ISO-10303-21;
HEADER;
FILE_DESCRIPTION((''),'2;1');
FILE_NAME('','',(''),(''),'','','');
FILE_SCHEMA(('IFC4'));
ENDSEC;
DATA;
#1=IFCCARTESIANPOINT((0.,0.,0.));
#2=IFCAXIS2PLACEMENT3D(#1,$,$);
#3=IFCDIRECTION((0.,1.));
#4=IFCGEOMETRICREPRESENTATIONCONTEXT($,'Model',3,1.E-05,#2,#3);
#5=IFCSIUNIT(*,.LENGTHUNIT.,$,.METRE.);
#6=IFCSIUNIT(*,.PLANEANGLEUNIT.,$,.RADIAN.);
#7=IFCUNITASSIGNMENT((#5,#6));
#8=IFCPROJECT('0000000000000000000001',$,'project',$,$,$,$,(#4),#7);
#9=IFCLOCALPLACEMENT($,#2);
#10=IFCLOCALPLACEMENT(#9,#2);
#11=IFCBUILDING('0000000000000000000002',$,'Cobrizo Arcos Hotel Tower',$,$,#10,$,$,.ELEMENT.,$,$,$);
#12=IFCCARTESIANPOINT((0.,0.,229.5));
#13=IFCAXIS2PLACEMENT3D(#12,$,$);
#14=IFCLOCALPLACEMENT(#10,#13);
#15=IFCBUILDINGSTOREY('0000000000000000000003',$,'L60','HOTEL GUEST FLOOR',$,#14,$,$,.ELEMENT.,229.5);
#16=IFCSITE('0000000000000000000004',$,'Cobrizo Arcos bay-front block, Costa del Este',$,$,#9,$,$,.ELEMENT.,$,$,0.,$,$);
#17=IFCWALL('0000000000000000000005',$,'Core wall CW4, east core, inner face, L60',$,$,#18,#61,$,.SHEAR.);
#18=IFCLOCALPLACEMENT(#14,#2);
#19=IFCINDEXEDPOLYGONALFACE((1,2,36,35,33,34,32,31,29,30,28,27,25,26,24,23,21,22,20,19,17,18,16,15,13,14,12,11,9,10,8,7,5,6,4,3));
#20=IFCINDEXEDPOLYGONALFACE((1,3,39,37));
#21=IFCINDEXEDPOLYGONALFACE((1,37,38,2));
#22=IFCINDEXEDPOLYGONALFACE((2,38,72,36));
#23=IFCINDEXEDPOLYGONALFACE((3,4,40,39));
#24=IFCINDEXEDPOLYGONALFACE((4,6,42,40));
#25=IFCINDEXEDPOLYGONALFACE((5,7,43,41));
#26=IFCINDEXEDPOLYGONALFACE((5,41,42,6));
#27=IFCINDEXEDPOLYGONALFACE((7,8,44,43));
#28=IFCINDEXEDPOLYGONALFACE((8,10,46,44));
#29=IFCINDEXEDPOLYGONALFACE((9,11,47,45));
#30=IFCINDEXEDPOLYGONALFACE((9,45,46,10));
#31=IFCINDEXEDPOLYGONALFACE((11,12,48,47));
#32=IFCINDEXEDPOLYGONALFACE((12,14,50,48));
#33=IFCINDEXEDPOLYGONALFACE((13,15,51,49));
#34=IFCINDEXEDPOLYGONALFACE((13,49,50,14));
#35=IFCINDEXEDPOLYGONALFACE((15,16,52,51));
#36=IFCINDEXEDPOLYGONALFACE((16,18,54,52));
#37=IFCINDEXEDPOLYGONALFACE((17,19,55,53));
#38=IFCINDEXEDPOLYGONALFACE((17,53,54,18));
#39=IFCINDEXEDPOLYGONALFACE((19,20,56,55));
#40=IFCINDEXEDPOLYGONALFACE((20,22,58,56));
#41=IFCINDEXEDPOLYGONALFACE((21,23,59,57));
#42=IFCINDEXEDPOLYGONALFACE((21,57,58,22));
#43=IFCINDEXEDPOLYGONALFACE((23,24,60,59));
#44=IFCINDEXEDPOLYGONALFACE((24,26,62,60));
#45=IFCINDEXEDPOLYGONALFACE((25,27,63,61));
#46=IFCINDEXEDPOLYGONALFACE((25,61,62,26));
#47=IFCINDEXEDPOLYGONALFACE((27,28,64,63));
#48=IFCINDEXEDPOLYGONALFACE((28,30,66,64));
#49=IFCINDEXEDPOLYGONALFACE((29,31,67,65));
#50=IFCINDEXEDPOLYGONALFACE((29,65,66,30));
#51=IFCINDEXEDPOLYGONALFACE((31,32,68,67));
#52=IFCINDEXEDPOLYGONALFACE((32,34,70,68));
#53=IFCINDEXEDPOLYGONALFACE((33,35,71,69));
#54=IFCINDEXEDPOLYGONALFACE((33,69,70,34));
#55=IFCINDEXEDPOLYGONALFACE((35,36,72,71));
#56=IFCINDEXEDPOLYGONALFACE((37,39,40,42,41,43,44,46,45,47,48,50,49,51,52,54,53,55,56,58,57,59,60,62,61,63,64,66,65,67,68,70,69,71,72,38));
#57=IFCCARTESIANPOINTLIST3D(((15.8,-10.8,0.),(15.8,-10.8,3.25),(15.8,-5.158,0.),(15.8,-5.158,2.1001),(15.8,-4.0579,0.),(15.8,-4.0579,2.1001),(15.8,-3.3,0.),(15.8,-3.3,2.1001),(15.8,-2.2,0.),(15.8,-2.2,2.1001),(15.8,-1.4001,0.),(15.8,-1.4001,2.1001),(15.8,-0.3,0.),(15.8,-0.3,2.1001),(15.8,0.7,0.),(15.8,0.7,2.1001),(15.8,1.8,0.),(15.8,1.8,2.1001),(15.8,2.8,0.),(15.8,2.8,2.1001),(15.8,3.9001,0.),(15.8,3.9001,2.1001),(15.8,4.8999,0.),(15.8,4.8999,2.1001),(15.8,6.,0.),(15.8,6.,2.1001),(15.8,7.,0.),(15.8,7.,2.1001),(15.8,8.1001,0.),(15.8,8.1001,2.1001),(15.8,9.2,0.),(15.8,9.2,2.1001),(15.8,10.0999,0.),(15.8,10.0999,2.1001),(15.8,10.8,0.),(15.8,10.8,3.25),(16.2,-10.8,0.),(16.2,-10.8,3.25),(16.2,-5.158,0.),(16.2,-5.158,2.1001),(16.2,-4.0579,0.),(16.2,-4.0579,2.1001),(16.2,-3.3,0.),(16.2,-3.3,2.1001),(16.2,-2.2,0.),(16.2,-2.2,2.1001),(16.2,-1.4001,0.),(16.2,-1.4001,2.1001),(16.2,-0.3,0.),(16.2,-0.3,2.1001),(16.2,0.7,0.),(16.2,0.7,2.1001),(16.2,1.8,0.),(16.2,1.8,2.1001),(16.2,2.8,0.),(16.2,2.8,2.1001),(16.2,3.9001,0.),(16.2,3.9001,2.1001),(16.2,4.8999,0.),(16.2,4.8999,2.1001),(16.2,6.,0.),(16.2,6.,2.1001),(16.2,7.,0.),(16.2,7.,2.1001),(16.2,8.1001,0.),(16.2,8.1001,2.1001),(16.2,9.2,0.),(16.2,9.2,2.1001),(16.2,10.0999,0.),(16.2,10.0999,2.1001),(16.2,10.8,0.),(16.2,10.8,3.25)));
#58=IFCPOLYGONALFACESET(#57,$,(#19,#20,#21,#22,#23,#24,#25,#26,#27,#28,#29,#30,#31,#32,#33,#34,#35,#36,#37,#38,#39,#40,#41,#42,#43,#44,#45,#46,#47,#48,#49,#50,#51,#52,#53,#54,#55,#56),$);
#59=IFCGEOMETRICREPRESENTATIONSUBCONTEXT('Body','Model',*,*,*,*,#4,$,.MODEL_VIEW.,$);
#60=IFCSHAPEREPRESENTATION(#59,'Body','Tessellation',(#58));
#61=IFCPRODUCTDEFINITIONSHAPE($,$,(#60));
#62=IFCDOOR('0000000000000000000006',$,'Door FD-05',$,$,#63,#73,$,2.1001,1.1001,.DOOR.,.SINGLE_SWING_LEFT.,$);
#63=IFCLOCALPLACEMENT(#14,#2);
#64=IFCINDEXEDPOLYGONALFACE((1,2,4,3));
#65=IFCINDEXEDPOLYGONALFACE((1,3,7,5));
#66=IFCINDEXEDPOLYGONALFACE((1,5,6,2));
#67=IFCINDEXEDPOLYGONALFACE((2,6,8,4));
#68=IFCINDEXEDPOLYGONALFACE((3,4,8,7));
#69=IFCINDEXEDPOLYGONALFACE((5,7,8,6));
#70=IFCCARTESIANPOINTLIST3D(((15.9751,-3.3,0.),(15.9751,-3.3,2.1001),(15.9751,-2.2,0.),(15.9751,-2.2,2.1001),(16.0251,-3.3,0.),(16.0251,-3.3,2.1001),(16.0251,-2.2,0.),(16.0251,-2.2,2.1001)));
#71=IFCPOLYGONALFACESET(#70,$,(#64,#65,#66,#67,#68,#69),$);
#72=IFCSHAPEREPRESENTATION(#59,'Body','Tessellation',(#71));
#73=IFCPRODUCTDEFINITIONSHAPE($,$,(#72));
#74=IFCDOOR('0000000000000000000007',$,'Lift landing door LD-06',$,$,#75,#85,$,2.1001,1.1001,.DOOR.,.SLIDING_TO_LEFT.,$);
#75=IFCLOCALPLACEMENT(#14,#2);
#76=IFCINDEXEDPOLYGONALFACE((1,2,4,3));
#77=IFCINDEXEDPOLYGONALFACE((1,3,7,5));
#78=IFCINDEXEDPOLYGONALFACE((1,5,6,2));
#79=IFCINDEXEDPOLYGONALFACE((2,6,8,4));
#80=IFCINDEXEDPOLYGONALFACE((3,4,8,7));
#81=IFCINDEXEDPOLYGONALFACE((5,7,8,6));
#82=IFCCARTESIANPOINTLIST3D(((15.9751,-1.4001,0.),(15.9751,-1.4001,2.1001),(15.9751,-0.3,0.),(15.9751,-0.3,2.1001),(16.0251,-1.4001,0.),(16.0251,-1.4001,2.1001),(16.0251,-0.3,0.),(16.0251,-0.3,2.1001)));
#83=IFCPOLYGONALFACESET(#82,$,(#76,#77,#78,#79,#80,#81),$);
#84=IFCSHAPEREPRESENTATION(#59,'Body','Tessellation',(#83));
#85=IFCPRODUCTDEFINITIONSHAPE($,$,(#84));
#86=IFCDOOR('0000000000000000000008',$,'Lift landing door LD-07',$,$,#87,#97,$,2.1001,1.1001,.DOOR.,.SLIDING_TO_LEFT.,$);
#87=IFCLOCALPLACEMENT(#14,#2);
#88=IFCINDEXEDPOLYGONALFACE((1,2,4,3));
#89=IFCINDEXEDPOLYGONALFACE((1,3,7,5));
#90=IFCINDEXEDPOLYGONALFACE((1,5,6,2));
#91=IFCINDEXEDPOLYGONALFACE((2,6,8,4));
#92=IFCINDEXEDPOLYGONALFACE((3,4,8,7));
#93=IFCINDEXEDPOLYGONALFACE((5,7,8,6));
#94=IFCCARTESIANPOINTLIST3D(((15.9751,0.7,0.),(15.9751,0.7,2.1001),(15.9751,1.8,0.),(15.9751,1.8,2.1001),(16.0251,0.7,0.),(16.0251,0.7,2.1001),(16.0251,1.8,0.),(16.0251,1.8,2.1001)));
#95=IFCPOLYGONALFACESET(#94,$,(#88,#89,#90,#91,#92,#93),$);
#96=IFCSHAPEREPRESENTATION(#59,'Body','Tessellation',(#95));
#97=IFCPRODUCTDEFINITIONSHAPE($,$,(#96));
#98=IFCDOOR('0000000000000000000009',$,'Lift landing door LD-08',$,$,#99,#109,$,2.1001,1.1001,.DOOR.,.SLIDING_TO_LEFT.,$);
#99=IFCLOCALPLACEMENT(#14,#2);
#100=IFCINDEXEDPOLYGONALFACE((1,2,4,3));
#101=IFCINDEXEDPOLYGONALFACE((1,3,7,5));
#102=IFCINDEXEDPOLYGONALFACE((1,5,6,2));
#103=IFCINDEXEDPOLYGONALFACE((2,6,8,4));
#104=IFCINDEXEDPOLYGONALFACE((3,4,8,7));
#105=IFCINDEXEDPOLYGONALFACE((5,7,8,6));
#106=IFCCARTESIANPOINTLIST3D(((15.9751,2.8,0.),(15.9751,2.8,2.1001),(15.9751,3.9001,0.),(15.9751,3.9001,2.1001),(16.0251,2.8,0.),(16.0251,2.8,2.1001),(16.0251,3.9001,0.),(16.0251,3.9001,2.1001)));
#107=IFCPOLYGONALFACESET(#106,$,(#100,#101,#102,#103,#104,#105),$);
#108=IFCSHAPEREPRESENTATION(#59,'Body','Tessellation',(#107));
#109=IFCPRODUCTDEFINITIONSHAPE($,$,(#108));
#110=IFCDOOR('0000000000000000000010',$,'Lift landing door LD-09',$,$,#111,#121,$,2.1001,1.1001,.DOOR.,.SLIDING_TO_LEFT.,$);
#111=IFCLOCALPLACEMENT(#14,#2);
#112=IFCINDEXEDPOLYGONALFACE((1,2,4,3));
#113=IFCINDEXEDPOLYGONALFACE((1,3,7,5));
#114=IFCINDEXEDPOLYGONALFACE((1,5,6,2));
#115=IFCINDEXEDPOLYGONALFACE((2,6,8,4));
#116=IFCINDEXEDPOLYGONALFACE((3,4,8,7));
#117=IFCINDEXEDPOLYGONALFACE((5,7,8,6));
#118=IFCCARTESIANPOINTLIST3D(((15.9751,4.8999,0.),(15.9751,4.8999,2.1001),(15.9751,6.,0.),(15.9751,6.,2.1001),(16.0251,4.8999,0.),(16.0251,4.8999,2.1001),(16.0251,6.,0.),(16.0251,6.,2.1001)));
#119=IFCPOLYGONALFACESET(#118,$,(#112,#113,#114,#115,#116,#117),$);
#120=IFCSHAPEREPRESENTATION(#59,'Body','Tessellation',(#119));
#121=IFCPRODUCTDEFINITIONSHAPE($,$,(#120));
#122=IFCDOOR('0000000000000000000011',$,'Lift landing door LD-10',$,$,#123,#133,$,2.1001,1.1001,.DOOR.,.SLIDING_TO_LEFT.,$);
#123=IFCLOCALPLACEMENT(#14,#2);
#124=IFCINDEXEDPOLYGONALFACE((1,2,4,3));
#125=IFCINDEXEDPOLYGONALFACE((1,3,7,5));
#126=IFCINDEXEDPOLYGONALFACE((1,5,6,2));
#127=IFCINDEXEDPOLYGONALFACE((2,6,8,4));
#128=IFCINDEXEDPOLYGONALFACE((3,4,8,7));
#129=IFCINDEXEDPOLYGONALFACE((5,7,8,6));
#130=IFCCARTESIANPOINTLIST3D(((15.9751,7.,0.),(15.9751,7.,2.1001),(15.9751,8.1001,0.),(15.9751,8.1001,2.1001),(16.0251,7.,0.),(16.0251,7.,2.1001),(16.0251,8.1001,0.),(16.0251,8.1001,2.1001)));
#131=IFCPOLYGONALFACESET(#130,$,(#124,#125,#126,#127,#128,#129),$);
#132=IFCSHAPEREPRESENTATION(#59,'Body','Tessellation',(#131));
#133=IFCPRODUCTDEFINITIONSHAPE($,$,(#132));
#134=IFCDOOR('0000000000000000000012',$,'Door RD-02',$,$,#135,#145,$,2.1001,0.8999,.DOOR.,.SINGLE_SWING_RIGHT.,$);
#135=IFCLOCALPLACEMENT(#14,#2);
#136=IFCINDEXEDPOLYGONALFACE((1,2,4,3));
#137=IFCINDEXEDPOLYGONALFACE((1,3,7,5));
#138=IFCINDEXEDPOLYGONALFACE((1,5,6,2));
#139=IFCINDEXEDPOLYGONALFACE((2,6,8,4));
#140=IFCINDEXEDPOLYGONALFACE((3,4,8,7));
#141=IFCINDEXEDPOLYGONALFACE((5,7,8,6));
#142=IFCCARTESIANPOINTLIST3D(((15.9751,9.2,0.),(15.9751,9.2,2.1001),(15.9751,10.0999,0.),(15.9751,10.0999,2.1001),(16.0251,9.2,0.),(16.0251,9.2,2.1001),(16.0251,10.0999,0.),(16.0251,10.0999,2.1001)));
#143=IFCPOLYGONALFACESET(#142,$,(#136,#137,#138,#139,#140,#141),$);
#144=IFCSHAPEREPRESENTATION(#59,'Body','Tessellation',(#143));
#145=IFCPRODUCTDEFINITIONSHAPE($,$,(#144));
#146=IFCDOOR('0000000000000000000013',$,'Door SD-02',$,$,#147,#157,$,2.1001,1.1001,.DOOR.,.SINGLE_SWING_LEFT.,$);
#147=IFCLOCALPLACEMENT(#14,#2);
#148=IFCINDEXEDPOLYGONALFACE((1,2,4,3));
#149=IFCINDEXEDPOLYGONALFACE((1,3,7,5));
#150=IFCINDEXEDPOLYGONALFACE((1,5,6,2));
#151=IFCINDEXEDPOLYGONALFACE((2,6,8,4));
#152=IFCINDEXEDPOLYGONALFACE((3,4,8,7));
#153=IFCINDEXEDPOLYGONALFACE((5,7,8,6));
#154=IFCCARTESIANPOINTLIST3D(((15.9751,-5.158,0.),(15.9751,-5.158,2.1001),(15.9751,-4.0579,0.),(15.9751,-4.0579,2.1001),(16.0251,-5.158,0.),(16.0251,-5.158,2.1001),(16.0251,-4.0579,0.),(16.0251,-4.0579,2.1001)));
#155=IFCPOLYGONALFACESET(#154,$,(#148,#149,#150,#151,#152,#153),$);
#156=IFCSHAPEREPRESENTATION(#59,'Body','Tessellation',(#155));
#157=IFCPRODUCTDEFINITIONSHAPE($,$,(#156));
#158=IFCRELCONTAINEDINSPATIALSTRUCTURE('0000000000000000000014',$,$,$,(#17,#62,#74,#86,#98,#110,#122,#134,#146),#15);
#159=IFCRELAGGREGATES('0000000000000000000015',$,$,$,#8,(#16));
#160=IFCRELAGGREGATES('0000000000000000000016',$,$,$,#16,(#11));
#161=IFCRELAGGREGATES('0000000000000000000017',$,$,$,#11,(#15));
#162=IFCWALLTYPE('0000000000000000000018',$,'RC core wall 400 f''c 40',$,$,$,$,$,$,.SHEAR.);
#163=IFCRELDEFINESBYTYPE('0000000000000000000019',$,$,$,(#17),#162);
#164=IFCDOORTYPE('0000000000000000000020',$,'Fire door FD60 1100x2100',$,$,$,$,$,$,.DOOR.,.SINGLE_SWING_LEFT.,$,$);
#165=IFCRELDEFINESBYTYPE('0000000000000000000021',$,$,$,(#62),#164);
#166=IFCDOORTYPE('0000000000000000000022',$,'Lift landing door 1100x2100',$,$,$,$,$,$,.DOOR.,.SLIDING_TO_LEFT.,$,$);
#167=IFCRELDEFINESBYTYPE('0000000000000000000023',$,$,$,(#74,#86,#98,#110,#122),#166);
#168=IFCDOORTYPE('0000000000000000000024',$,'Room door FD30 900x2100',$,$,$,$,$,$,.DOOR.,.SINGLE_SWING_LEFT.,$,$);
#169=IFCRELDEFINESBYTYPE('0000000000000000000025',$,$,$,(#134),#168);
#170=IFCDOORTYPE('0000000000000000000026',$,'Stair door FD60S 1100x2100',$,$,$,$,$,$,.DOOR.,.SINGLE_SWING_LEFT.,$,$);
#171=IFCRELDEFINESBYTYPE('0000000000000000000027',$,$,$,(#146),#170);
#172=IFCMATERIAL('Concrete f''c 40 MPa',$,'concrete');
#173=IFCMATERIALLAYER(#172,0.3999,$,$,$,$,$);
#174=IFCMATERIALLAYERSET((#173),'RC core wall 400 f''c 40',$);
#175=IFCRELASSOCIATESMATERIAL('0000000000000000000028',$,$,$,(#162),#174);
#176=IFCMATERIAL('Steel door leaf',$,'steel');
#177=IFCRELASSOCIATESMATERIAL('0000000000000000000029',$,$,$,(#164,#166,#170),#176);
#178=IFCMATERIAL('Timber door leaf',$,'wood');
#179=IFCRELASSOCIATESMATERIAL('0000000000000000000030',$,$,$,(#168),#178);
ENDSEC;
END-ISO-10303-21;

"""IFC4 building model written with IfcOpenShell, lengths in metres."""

from ifc_helpers import new_model, si_unit, direction, frame, frame_2d, origin, place, context, subcontext, project, spatial, rectangle, extrude, material, layer, layer_set, type_object, element, fill, save


model = new_model("IFC4")

# Units and contexts
model_context = context("Model", 3, precision=1e-05, world=origin(), true_north=direction((0.0, 1.0)))
body_context = subcontext(model_context, "Body", "Model", "MODEL_VIEW")
ifc_project = project(units=[si_unit("LENGTHUNIT", "METRE"), si_unit("PLANEANGLEUNIT", "RADIAN")], contexts=[model_context])

# Site, building, storey
site_placement = place(None, origin())
site = spatial("IfcSite", under=ifc_project, at=site_placement, Name="Cobrizo Arcos bay-front block, Costa del Este", CompositionType="ELEMENT", RefElevation=0.0)
building_placement = place(site_placement, origin())
building = spatial("IfcBuilding", under=site, at=building_placement, Name="Cobrizo Arcos Hotel Tower", CompositionType="ELEMENT")
storey_placement = place(building_placement, frame((0.0, 0.0, 229.5)))
storey = spatial("IfcBuildingStorey", under=building, at=storey_placement, Name="L60", Description="HOTEL GUEST FLOOR", CompositionType="ELEMENT", Elevation=229.5)

# Wall, openings, doors
ifc_material_1 = material(Name="Concrete f'c 40 MPa", Category="concrete")
ifc_layer_1 = layer(ifc_material_1, 0.3999)
ifc_layer_set_1 = layer_set([ifc_layer_1], Name="RC core wall 400 f'c 40")
wall_type_1 = type_object("IfcWallType", Name="RC core wall 400 f'c 40", PredefinedType="SHEAR", material=ifc_layer_set_1)
wall_1_placement = place(storey_placement, frame((16.0, -10.8, 0.0), z_axis=(0.0, 0.0, 1.0), x_axis=(0.0, 1.0, 0.0)))
wall_1 = element("IfcWall", 1, at=wall_1_placement, inside=storey, type_object=wall_type_1, Name="Core wall CW4, east core, inner face, L60", PredefinedType="SHEAR", context=body_context, shape_type="SweptSolid", body=[
    extrude(rectangle(XDim=21.6001, YDim=0.3999, at=frame_2d((10.8, 0.0))), origin(), (0.0, 0.0, 1.0), 3.25),
])
opening_1_placement = place(wall_1_placement, frame((9.3999, 0.0, 0.0)))
opening_1 = element("IfcOpeningElement", 2, at=opening_1_placement, cuts=wall_1, PredefinedType="OPENING", context=body_context, shape_type="SweptSolid", body=[
    extrude(rectangle(XDim=1.1001, YDim=2.1001, at=frame_2d((0.55, 1.05))), frame((0.0, 0.2119, 0.0), z_axis=(0.0, -1.0, 0.0), x_axis=(1.0, 0.0, 0.0)), (0.0, 0.0, 1.0), 0.4238),
])
opening_2_placement = place(wall_1_placement, frame((11.5, 0.0, 0.0)))
opening_2 = element("IfcOpeningElement", 3, at=opening_2_placement, cuts=wall_1, PredefinedType="OPENING", context=body_context, shape_type="SweptSolid", body=[
    extrude(rectangle(XDim=1.1001, YDim=2.1001, at=frame_2d((0.55, 1.05))), frame((0.0, 0.2119, 0.0), z_axis=(0.0, -1.0, 0.0), x_axis=(1.0, 0.0, 0.0)), (0.0, 0.0, 1.0), 0.4238),
])
opening_3_placement = place(wall_1_placement, frame((13.6001, 0.0, 0.0)))
opening_3 = element("IfcOpeningElement", 4, at=opening_3_placement, cuts=wall_1, PredefinedType="OPENING", context=body_context, shape_type="SweptSolid", body=[
    extrude(rectangle(XDim=1.1001, YDim=2.1001, at=frame_2d((0.55, 1.05))), frame((0.0, 0.2119, 0.0), z_axis=(0.0, -1.0, 0.0), x_axis=(1.0, 0.0, 0.0)), (0.0, 0.0, 1.0), 0.4238),
])
opening_4_placement = place(wall_1_placement, frame((15.7, 0.0, 0.0)))
opening_4 = element("IfcOpeningElement", 5, at=opening_4_placement, cuts=wall_1, PredefinedType="OPENING", context=body_context, shape_type="SweptSolid", body=[
    extrude(rectangle(XDim=1.1001, YDim=2.1001, at=frame_2d((0.55, 1.05))), frame((0.0, 0.2119, 0.0), z_axis=(0.0, -1.0, 0.0), x_axis=(1.0, 0.0, 0.0)), (0.0, 0.0, 1.0), 0.4238),
])
opening_5_placement = place(wall_1_placement, frame((17.8, 0.0, 0.0)))
opening_5 = element("IfcOpeningElement", 6, at=opening_5_placement, cuts=wall_1, PredefinedType="OPENING", context=body_context, shape_type="SweptSolid", body=[
    extrude(rectangle(XDim=1.1001, YDim=2.1001, at=frame_2d((0.55, 1.05))), frame((0.0, 0.2119, 0.0), z_axis=(0.0, -1.0, 0.0), x_axis=(1.0, 0.0, 0.0)), (0.0, 0.0, 1.0), 0.4238),
])
opening_6_placement = place(wall_1_placement, frame((5.6421, 0.0, 0.0)))
opening_6 = element("IfcOpeningElement", 7, at=opening_6_placement, cuts=wall_1, PredefinedType="OPENING", context=body_context, shape_type="SweptSolid", body=[
    extrude(rectangle(XDim=1.1001, YDim=2.1001, at=frame_2d((0.55, 1.05))), frame((0.0, 0.2119, 0.0), z_axis=(0.0, -1.0, 0.0), x_axis=(1.0, 0.0, 0.0)), (0.0, 0.0, 1.0), 0.4238),
])
opening_7_placement = place(wall_1_placement, frame((7.5, 0.0, 0.0)))
opening_7 = element("IfcOpeningElement", 8, at=opening_7_placement, cuts=wall_1, PredefinedType="OPENING", context=body_context, shape_type="SweptSolid", body=[
    extrude(rectangle(XDim=1.1001, YDim=2.1001, at=frame_2d((0.55, 1.05))), frame((0.0, 0.2119, 0.0), z_axis=(0.0, -1.0, 0.0), x_axis=(1.0, 0.0, 0.0)), (0.0, 0.0, 1.0), 0.4238),
])
opening_8_placement = place(wall_1_placement, frame((20.0, 0.0, 0.0)))
opening_8 = element("IfcOpeningElement", 9, at=opening_8_placement, cuts=wall_1, PredefinedType="OPENING", context=body_context, shape_type="SweptSolid", body=[
    extrude(rectangle(XDim=0.8999, YDim=2.1001, at=frame_2d((0.45, 1.05))), frame((0.0, 0.2119, 0.0), z_axis=(0.0, -1.0, 0.0), x_axis=(1.0, 0.0, 0.0)), (0.0, 0.0, 1.0), 0.4238),
])
ifc_material_2 = material(Name="Steel door leaf", Category="steel")
door_type_1 = type_object("IfcDoorType", Name="Fire door FD60 1100x2100", OperationType="SINGLE_SWING_LEFT", PredefinedType="DOOR", material=ifc_material_2)
door_1_placement = place(opening_7_placement, origin())
door_1 = element("IfcDoor", 10, at=door_1_placement, inside=storey, type_object=door_type_1, Name="Door FD-05", OperationType="SINGLE_SWING_LEFT", OverallHeight=2.1001, OverallWidth=1.1001, PredefinedType="DOOR", context=body_context, shape_type="SweptSolid", body=[
    extrude(rectangle(XDim=1.1001, YDim=2.1001, at=frame_2d((0.55, 1.05))), frame((0.0, 0.0249, 0.0), z_axis=(0.0, -1.0, 0.0), x_axis=(1.0, 0.0, 0.0)), (0.0, 0.0, 1.0), 0.05),
])
fill(opening_7, door_1)
door_type_2 = type_object("IfcDoorType", Name="Lift landing door 1100x2100", OperationType="SLIDING_TO_LEFT", PredefinedType="DOOR", material=ifc_material_2)
door_2_placement = place(opening_1_placement, origin())
door_2 = element("IfcDoor", 11, at=door_2_placement, inside=storey, type_object=door_type_2, Name="Lift landing door LD-06", OperationType="SLIDING_TO_LEFT", OverallHeight=2.1001, OverallWidth=1.1001, PredefinedType="DOOR", context=body_context, shape_type="SweptSolid", body=[
    extrude(rectangle(XDim=1.1001, YDim=2.1001, at=frame_2d((0.55, 1.05))), frame((0.0, 0.0249, 0.0), z_axis=(0.0, -1.0, 0.0), x_axis=(1.0, 0.0, 0.0)), (0.0, 0.0, 1.0), 0.05),
])
fill(opening_1, door_2)
door_3_placement = place(opening_2_placement, origin())
door_3 = element("IfcDoor", 12, at=door_3_placement, inside=storey, type_object=door_type_2, Name="Lift landing door LD-07", OperationType="SLIDING_TO_LEFT", OverallHeight=2.1001, OverallWidth=1.1001, PredefinedType="DOOR", context=body_context, shape_type="SweptSolid", body=[
    extrude(rectangle(XDim=1.1001, YDim=2.1001, at=frame_2d((0.55, 1.05))), frame((0.0, 0.0249, 0.0), z_axis=(0.0, -1.0, 0.0), x_axis=(1.0, 0.0, 0.0)), (0.0, 0.0, 1.0), 0.05),
])
fill(opening_2, door_3)
door_4_placement = place(opening_3_placement, origin())
door_4 = element("IfcDoor", 13, at=door_4_placement, inside=storey, type_object=door_type_2, Name="Lift landing door LD-08", OperationType="SLIDING_TO_LEFT", OverallHeight=2.1001, OverallWidth=1.1001, PredefinedType="DOOR", context=body_context, shape_type="SweptSolid", body=[
    extrude(rectangle(XDim=1.1001, YDim=2.1001, at=frame_2d((0.55, 1.05))), frame((0.0, 0.0249, 0.0), z_axis=(0.0, -1.0, 0.0), x_axis=(1.0, 0.0, 0.0)), (0.0, 0.0, 1.0), 0.05),
])
fill(opening_3, door_4)
door_5_placement = place(opening_4_placement, origin())
door_5 = element("IfcDoor", 14, at=door_5_placement, inside=storey, type_object=door_type_2, Name="Lift landing door LD-09", OperationType="SLIDING_TO_LEFT", OverallHeight=2.1001, OverallWidth=1.1001, PredefinedType="DOOR", context=body_context, shape_type="SweptSolid", body=[
    extrude(rectangle(XDim=1.1001, YDim=2.1001, at=frame_2d((0.55, 1.05))), frame((0.0, 0.0249, 0.0), z_axis=(0.0, -1.0, 0.0), x_axis=(1.0, 0.0, 0.0)), (0.0, 0.0, 1.0), 0.05),
])
fill(opening_4, door_5)
door_6_placement = place(opening_5_placement, origin())
door_6 = element("IfcDoor", 15, at=door_6_placement, inside=storey, type_object=door_type_2, Name="Lift landing door LD-10", OperationType="SLIDING_TO_LEFT", OverallHeight=2.1001, OverallWidth=1.1001, PredefinedType="DOOR", context=body_context, shape_type="SweptSolid", body=[
    extrude(rectangle(XDim=1.1001, YDim=2.1001, at=frame_2d((0.55, 1.05))), frame((0.0, 0.0249, 0.0), z_axis=(0.0, -1.0, 0.0), x_axis=(1.0, 0.0, 0.0)), (0.0, 0.0, 1.0), 0.05),
])
fill(opening_5, door_6)
ifc_material_3 = material(Name="Timber door leaf", Category="wood")
door_type_3 = type_object("IfcDoorType", Name="Room door FD30 900x2100", OperationType="SINGLE_SWING_LEFT", PredefinedType="DOOR", material=ifc_material_3)
door_7_placement = place(opening_8_placement, origin())
door_7 = element("IfcDoor", 16, at=door_7_placement, inside=storey, type_object=door_type_3, Name="Door RD-02", OperationType="SINGLE_SWING_RIGHT", OverallHeight=2.1001, OverallWidth=0.8999, PredefinedType="DOOR", context=body_context, shape_type="SweptSolid", body=[
    extrude(rectangle(XDim=0.8999, YDim=2.1001, at=frame_2d((0.45, 1.05))), frame((0.0, 0.0249, 0.0), z_axis=(0.0, -1.0, 0.0), x_axis=(1.0, 0.0, 0.0)), (0.0, 0.0, 1.0), 0.05),
])
fill(opening_8, door_7)
door_type_4 = type_object("IfcDoorType", Name="Stair door FD60S 1100x2100", OperationType="SINGLE_SWING_LEFT", PredefinedType="DOOR", material=ifc_material_2)
door_8_placement = place(opening_6_placement, origin())
door_8 = element("IfcDoor", 17, at=door_8_placement, inside=storey, type_object=door_type_4, Name="Door SD-02", OperationType="SINGLE_SWING_LEFT", OverallHeight=2.1001, OverallWidth=1.1001, PredefinedType="DOOR", context=body_context, shape_type="SweptSolid", body=[
    extrude(rectangle(XDim=1.1001, YDim=2.1001, at=frame_2d((0.55, 1.05))), frame((0.0, 0.0249, 0.0), z_axis=(0.0, -1.0, 0.0), x_axis=(1.0, 0.0, 0.0)), (0.0, 0.0, 1.0), 0.05),
])
fill(opening_6, door_8)

save(model, "model.ifc")
